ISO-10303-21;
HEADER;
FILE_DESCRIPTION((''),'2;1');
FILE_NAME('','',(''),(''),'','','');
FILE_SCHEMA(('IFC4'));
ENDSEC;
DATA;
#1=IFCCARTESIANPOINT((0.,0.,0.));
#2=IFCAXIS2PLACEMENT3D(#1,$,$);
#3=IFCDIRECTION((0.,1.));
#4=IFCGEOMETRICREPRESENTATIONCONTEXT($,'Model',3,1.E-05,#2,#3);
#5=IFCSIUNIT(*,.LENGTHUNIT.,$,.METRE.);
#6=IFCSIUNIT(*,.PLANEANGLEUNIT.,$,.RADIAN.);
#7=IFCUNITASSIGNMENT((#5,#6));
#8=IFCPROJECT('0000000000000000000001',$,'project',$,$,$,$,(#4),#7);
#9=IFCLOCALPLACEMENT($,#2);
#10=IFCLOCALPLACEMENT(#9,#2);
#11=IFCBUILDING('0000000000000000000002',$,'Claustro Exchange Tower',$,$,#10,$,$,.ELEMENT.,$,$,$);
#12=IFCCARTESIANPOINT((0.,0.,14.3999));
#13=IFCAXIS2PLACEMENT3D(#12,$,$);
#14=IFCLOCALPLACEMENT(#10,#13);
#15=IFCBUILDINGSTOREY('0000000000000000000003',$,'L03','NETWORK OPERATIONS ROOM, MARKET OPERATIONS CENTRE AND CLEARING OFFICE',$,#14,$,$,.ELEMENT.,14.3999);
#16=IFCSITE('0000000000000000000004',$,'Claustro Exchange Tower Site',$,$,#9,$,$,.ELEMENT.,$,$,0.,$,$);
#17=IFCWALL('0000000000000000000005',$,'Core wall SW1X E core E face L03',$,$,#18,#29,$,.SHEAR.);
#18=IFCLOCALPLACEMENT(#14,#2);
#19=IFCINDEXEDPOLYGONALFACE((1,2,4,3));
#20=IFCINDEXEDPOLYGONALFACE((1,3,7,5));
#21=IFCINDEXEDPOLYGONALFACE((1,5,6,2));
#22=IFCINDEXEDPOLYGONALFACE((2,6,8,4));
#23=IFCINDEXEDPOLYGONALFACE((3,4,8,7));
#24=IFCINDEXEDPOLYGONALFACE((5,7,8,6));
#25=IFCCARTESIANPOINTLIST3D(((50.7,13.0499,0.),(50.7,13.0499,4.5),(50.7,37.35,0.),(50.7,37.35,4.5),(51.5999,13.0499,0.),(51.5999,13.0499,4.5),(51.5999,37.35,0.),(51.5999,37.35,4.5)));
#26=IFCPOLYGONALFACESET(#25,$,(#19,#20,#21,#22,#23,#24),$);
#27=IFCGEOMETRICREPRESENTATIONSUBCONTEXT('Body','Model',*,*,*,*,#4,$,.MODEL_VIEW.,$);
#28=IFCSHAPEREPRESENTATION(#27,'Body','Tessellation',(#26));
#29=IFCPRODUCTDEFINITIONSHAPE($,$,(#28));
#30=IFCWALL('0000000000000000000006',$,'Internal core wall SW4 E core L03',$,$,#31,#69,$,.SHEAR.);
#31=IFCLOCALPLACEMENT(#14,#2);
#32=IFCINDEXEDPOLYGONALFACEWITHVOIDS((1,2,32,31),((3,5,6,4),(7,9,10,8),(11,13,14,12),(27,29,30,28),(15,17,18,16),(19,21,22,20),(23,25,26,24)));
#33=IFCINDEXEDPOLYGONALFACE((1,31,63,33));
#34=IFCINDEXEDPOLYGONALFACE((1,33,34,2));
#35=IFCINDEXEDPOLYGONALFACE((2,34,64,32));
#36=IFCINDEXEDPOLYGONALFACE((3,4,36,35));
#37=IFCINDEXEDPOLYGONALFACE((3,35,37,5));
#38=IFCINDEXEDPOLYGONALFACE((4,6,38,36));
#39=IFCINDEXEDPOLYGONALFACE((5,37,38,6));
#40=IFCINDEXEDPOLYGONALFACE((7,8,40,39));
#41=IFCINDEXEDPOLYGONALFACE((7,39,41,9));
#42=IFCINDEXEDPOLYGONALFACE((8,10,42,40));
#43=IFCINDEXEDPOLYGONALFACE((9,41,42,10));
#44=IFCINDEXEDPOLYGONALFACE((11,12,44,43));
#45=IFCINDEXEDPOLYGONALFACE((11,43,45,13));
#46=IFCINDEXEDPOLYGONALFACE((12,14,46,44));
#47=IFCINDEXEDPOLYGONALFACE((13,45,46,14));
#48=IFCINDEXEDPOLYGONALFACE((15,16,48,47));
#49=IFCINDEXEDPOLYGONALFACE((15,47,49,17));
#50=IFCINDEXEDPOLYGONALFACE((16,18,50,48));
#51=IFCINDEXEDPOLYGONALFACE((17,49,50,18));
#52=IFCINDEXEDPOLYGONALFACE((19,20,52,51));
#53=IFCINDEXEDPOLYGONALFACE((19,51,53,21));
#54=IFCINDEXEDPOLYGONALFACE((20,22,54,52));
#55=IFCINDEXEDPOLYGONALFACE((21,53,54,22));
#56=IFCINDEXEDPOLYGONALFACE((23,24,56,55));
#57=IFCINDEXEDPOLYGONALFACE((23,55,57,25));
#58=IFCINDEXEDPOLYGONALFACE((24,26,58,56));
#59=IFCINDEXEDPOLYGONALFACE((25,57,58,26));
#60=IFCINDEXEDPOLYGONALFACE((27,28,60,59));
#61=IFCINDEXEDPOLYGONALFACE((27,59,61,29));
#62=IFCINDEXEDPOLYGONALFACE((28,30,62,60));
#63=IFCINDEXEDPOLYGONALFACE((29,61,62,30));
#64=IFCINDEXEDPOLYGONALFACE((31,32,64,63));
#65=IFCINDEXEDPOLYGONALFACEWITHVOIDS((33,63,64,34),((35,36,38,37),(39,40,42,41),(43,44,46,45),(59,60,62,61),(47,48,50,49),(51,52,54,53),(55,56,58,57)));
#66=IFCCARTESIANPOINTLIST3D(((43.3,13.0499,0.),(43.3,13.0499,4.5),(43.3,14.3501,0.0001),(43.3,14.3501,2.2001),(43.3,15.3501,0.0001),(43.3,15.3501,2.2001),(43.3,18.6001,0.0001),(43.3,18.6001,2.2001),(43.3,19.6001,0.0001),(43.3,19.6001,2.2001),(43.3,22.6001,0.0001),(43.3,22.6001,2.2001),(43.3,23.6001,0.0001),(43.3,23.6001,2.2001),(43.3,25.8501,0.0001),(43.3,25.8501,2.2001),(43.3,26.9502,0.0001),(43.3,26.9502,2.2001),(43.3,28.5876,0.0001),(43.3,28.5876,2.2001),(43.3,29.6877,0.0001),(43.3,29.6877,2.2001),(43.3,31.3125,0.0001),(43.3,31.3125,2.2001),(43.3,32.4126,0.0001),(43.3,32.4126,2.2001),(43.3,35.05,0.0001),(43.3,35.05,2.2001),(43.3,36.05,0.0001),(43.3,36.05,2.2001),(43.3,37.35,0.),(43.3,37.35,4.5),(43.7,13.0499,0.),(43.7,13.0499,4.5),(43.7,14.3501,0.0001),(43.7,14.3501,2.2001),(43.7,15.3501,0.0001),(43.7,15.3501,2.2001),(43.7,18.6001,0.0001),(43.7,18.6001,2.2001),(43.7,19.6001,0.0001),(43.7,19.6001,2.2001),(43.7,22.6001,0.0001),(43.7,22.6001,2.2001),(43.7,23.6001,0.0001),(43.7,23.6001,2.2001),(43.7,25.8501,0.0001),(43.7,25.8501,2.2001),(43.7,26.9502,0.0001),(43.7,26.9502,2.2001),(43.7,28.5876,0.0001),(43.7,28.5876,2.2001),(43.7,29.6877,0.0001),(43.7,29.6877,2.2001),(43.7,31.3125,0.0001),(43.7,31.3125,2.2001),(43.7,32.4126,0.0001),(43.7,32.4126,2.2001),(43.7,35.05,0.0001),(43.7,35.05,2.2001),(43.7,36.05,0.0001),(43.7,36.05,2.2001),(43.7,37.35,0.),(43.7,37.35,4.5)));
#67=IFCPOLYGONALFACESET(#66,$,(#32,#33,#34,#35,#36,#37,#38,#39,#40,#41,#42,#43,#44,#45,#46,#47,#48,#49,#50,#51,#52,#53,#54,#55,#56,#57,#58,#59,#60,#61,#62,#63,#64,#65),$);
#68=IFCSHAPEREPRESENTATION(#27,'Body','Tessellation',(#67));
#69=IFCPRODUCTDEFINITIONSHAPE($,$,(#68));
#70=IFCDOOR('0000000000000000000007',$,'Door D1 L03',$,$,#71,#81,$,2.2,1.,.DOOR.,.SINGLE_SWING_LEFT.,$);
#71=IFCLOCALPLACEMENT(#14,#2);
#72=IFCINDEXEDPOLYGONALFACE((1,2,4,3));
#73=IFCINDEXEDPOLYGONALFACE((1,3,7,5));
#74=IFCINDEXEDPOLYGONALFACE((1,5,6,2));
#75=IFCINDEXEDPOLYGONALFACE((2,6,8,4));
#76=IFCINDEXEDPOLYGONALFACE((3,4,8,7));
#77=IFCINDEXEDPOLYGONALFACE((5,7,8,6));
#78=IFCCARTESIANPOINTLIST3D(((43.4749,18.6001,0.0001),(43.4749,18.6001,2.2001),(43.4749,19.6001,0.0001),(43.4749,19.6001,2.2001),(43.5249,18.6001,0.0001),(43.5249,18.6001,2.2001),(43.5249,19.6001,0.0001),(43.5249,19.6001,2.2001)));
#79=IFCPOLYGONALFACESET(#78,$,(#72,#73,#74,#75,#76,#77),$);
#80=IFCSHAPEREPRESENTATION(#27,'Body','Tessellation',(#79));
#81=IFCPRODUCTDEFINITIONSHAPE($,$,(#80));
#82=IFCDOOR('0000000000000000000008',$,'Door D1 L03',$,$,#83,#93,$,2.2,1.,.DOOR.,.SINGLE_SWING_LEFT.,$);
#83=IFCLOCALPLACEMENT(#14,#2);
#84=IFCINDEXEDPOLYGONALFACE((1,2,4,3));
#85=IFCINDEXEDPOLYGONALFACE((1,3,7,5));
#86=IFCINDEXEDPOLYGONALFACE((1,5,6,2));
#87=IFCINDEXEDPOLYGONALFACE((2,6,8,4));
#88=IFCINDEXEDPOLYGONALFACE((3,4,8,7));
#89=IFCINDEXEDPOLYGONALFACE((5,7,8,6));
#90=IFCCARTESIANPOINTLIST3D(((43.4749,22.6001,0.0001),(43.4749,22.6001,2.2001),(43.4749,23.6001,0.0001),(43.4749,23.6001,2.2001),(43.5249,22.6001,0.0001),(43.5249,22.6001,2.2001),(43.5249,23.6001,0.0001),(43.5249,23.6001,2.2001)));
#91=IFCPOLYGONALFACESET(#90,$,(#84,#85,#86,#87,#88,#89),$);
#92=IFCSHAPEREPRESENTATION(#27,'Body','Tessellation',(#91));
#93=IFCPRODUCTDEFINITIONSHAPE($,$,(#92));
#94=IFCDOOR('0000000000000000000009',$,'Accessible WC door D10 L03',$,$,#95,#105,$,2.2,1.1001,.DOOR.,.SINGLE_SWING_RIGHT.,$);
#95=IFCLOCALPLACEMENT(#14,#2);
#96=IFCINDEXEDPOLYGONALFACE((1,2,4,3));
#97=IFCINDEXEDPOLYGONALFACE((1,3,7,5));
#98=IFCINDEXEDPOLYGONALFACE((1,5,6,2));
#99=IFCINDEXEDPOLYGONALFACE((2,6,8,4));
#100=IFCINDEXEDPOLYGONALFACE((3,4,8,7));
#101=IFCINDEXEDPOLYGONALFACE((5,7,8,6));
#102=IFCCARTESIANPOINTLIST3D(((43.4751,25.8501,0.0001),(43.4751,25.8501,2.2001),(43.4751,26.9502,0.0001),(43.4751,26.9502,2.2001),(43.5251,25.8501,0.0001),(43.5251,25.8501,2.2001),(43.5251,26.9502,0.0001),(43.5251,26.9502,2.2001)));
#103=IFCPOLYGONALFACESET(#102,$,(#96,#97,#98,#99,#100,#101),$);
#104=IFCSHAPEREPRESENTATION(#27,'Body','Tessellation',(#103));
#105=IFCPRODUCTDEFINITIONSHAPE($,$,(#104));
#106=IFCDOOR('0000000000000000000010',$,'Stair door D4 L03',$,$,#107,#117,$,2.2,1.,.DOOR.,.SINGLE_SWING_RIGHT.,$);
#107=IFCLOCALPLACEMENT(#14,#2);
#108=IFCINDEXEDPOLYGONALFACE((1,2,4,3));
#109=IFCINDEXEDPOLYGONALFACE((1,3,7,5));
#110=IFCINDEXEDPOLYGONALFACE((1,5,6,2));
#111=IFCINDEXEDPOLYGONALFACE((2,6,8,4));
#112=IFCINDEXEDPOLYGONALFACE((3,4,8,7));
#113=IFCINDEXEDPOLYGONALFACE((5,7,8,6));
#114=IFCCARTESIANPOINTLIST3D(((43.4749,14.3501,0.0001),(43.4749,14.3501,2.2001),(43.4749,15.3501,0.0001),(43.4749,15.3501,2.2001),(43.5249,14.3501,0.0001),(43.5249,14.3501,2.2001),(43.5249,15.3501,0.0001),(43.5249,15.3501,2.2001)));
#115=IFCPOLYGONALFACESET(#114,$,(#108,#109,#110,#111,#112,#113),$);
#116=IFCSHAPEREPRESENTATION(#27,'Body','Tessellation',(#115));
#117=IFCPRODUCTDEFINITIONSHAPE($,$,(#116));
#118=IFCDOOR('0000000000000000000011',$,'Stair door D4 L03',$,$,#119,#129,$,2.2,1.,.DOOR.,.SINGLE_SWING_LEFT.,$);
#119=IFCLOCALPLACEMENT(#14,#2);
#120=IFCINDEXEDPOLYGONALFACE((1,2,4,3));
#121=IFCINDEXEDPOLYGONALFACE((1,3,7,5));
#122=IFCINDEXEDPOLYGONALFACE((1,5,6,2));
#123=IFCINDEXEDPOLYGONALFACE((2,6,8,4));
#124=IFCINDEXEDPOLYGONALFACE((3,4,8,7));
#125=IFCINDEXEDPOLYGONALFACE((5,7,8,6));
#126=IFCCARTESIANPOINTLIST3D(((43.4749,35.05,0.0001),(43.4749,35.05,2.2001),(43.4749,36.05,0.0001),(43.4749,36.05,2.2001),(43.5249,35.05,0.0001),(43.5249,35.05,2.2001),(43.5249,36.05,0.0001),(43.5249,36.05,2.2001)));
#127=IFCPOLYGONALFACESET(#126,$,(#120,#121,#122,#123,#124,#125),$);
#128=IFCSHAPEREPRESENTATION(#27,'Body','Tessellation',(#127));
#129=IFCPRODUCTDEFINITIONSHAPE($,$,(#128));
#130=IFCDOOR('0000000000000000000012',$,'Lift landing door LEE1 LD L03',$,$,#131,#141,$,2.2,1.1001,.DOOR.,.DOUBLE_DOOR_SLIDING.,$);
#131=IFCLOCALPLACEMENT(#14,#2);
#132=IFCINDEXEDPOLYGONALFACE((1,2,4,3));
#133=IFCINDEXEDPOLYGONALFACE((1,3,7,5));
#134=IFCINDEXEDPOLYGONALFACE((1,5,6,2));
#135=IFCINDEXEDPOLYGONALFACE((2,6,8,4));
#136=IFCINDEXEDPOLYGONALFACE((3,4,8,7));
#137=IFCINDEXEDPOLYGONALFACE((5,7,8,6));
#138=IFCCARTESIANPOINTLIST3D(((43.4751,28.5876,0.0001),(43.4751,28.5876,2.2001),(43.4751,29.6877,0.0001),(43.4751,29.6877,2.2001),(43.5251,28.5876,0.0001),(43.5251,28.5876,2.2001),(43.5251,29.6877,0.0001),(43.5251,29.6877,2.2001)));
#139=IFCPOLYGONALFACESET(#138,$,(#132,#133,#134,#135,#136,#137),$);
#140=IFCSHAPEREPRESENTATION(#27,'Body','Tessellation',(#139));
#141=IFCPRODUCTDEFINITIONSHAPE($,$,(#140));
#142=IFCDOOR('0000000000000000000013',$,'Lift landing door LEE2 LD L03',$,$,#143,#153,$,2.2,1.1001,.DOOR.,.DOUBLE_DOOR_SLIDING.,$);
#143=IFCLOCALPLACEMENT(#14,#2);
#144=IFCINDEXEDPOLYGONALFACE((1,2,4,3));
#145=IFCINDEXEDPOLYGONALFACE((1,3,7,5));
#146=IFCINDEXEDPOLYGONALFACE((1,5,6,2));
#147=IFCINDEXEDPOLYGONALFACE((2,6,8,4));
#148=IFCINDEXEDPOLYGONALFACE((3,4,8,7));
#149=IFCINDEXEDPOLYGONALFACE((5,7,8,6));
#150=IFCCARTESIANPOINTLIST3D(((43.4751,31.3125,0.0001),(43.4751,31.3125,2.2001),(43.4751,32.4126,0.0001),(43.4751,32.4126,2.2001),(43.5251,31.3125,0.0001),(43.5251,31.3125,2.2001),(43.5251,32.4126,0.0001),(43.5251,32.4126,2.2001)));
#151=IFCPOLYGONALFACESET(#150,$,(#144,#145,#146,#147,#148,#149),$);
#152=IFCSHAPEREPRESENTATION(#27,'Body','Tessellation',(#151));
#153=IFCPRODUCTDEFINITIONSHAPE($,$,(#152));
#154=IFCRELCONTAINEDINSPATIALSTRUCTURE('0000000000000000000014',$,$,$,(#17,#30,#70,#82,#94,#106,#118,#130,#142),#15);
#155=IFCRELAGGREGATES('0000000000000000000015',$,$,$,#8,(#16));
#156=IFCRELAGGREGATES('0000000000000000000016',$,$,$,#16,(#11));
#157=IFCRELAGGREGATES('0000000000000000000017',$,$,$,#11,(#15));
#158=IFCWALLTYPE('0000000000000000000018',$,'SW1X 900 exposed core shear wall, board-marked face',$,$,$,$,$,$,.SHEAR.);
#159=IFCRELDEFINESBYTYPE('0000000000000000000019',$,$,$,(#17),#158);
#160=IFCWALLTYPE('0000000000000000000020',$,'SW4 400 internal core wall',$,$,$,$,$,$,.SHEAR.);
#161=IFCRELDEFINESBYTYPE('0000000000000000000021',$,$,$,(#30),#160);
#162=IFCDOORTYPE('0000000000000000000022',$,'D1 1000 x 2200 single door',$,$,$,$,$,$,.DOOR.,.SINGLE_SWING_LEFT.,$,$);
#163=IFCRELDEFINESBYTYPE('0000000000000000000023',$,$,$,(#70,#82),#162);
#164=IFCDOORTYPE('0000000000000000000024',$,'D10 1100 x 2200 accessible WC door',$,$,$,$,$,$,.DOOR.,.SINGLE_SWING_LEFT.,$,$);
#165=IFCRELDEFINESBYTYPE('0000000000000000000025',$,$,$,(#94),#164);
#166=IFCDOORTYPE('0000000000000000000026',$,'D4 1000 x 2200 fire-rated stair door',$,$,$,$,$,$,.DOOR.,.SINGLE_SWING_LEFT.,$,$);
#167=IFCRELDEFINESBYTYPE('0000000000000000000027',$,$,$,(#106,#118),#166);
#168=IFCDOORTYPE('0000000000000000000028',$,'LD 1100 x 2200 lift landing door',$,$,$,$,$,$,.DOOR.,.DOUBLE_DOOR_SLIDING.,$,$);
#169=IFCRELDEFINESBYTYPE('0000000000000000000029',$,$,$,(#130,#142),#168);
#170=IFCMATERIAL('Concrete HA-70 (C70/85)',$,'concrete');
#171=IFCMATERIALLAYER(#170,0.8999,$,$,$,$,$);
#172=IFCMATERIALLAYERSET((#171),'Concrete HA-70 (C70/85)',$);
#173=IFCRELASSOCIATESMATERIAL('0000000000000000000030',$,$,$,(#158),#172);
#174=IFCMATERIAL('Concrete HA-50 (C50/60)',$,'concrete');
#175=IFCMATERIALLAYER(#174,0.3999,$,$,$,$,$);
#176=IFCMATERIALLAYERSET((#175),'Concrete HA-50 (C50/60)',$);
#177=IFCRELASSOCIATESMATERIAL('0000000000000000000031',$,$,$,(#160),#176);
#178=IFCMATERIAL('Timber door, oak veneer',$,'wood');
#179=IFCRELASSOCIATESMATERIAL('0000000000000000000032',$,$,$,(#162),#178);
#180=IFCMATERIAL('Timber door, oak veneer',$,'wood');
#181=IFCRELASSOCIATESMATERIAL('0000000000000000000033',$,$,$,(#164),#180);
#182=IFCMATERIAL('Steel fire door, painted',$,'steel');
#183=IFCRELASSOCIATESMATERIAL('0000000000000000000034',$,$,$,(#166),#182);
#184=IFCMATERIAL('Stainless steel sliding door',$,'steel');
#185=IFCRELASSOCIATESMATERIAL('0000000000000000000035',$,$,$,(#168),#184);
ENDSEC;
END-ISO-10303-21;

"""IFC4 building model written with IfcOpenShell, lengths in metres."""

from ifc_helpers import new_model, si_unit, direction, frame, frame_2d, origin, place, context, subcontext, project, spatial, rectangle, extrude, material, layer, layer_set, type_object, element, fill, save


model = new_model("IFC4")

# Units and contexts
model_context = context("Model", 3, precision=1e-05, world=origin(), true_north=direction((0.0, 1.0)))
body_context = subcontext(model_context, "Body", "Model", "MODEL_VIEW")
ifc_project = project(units=[si_unit("LENGTHUNIT", "METRE"), si_unit("PLANEANGLEUNIT", "RADIAN")], contexts=[model_context])

# Site, building, storey
site_placement = place(None, origin())
site = spatial("IfcSite", under=ifc_project, at=site_placement, Name="Claustro Exchange Tower Site", CompositionType="ELEMENT", RefElevation=0.0)
building_placement = place(site_placement, origin())
building = spatial("IfcBuilding", under=site, at=building_placement, Name="Claustro Exchange Tower", CompositionType="ELEMENT")
storey_placement = place(building_placement, frame((0.0, 0.0, 14.3999)))
storey = spatial("IfcBuildingStorey", under=building, at=storey_placement, Name="L03", Description="NETWORK OPERATIONS ROOM, MARKET OPERATIONS CENTRE AND CLEARING OFFICE", CompositionType="ELEMENT", Elevation=14.3999)

# Wall
ifc_material_1 = material(Name="Concrete HA-70 (C70/85)", Category="concrete")
ifc_layer_1 = layer(ifc_material_1, 0.8999)
ifc_layer_set_1 = layer_set([ifc_layer_1], Name="Concrete HA-70 (C70/85)")
wall_type_1 = type_object("IfcWallType", Name="SW1X 900 exposed core shear wall, board-marked face", PredefinedType="SHEAR", material=ifc_layer_set_1)
wall_1_placement = place(storey_placement, frame((51.1499, 13.05, 0.0), z_axis=(0.0, 0.0, 1.0), x_axis=(0.0, 1.0, 0.0)))
element("IfcWall", 1, at=wall_1_placement, inside=storey, type_object=wall_type_1, Name="Core wall SW1X E core E face L03", PredefinedType="SHEAR", context=body_context, shape_type="SweptSolid", body=[
    extrude(rectangle(XDim=24.3, YDim=0.8999, at=frame_2d((12.1499, 0.0))), origin(), (0.0, 0.0, 1.0), 4.5),
])

# Wall, openings, doors
ifc_material_2 = material(Name="Concrete HA-50 (C50/60)", Category="concrete")
ifc_layer_2 = layer(ifc_material_2, 0.3999)
ifc_layer_set_2 = layer_set([ifc_layer_2], Name="Concrete HA-50 (C50/60)")
wall_type_2 = type_object("IfcWallType", Name="SW4 400 internal core wall", PredefinedType="SHEAR", material=ifc_layer_set_2)
wall_2_placement = place(storey_placement, frame((43.5, 13.05, 0.0), z_axis=(0.0, 0.0, 1.0), x_axis=(0.0, 1.0, 0.0)))
wall_2 = element("IfcWall", 2, at=wall_2_placement, inside=storey, type_object=wall_type_2, Name="Internal core wall SW4 E core L03", PredefinedType="SHEAR", context=body_context, shape_type="SweptSolid", body=[
    extrude(rectangle(XDim=24.3, YDim=0.3999, at=frame_2d((12.1499, 0.0))), origin(), (0.0, 0.0, 1.0), 4.5),
])
opening_1_placement = place(wall_2_placement, frame((1.3, 0.0, 0.0)))
opening_1 = element("IfcOpeningElement", 3, at=opening_1_placement, cuts=wall_2, PredefinedType="OPENING", context=body_context, shape_type="SweptSolid", body=[
    extrude(rectangle(XDim=1.0, YDim=2.2, at=frame_2d((0.5, 1.1001))), frame((0.0, 0.21, 0.0), z_axis=(0.0, -1.0, 0.0), x_axis=(1.0, 0.0, 0.0)), (0.0, 0.0, 1.0), 0.4199),
])
opening_2_placement = place(wall_2_placement, frame((22.0, 0.0, 0.0)))
opening_2 = element("IfcOpeningElement", 4, at=opening_2_placement, cuts=wall_2, PredefinedType="OPENING", context=body_context, shape_type="SweptSolid", body=[
    extrude(rectangle(XDim=1.0, YDim=2.2, at=frame_2d((0.5, 1.1001))), frame((0.0, 0.21, 0.0), z_axis=(0.0, -1.0, 0.0), x_axis=(1.0, 0.0, 0.0)), (0.0, 0.0, 1.0), 0.4199),
])
opening_3_placement = place(wall_2_placement, frame((5.55, 0.0, 0.0)))
opening_3 = element("IfcOpeningElement", 5, at=opening_3_placement, cuts=wall_2, PredefinedType="OPENING", context=body_context, shape_type="SweptSolid", body=[
    extrude(rectangle(XDim=1.0, YDim=2.2, at=frame_2d((0.5, 1.1001))), frame((0.0, 0.21, 0.0), z_axis=(0.0, -1.0, 0.0), x_axis=(1.0, 0.0, 0.0)), (0.0, 0.0, 1.0), 0.4199),
])
opening_4_placement = place(wall_2_placement, frame((9.55, 0.0, 0.0)))
opening_4 = element("IfcOpeningElement", 6, at=opening_4_placement, cuts=wall_2, PredefinedType="OPENING", context=body_context, shape_type="SweptSolid", body=[
    extrude(rectangle(XDim=1.0, YDim=2.2, at=frame_2d((0.5, 1.1001))), frame((0.0, 0.21, 0.0), z_axis=(0.0, -1.0, 0.0), x_axis=(1.0, 0.0, 0.0)), (0.0, 0.0, 1.0), 0.4199),
])
opening_5_placement = place(wall_2_placement, frame((12.8, 0.0, 0.0)))
opening_5 = element("IfcOpeningElement", 7, at=opening_5_placement, cuts=wall_2, PredefinedType="OPENING", context=body_context, shape_type="SweptSolid", body=[
    extrude(rectangle(XDim=1.1001, YDim=2.2, at=frame_2d((0.55, 1.1001))), frame((0.0, 0.21, 0.0), z_axis=(0.0, -1.0, 0.0), x_axis=(1.0, 0.0, 0.0)), (0.0, 0.0, 1.0), 0.4199),
])
opening_6_placement = place(wall_2_placement, frame((15.5376, 0.0, 0.0)))
opening_6 = element("IfcOpeningElement", 8, at=opening_6_placement, cuts=wall_2, PredefinedType="OPENING", context=body_context, shape_type="SweptSolid", body=[
    extrude(rectangle(XDim=1.1001, YDim=2.2, at=frame_2d((0.55, 1.1001))), frame((0.0, 0.21, 0.0), z_axis=(0.0, -1.0, 0.0), x_axis=(1.0, 0.0, 0.0)), (0.0, 0.0, 1.0), 0.4199),
])
opening_7_placement = place(wall_2_placement, frame((18.2625, 0.0, 0.0)))
opening_7 = element("IfcOpeningElement", 9, at=opening_7_placement, cuts=wall_2, PredefinedType="OPENING", context=body_context, shape_type="SweptSolid", body=[
    extrude(rectangle(XDim=1.1001, YDim=2.2, at=frame_2d((0.55, 1.1001))), frame((0.0, 0.21, 0.0), z_axis=(0.0, -1.0, 0.0), x_axis=(1.0, 0.0, 0.0)), (0.0, 0.0, 1.0), 0.4199),
])
ifc_material_3 = material(Name="Timber door, oak veneer", Category="wood")
door_type_1 = type_object("IfcDoorType", Name="D1 1000 x 2200 single door", OperationType="SINGLE_SWING_LEFT", PredefinedType="DOOR", material=ifc_material_3)
door_1_placement = place(opening_3_placement, frame((1.0, 0.0, 0.0), z_axis=(0.0, 0.0, 1.0), x_axis=(-1.0, 0.0, 0.0)))
door_1 = element("IfcDoor", 10, at=door_1_placement, inside=storey, type_object=door_type_1, Name="Door D1 L03", OperationType="SINGLE_SWING_LEFT", OverallHeight=2.2, OverallWidth=1.0, PredefinedType="DOOR", context=body_context, shape_type="SweptSolid", body=[
    extrude(rectangle(XDim=1.0, YDim=2.2, at=frame_2d((0.5, 1.1001))), frame((0.0, 0.0249, 0.0), z_axis=(0.0, -1.0, 0.0), x_axis=(1.0, 0.0, 0.0)), (0.0, 0.0, 1.0), 0.05),
])
fill(opening_3, door_1)
door_2_placement = place(opening_4_placement, frame((1.0, 0.0, 0.0), z_axis=(0.0, 0.0, 1.0), x_axis=(-1.0, 0.0, 0.0)))
door_2 = element("IfcDoor", 11, at=door_2_placement, inside=storey, type_object=door_type_1, Name="Door D1 L03", OperationType="SINGLE_SWING_LEFT", OverallHeight=2.2, OverallWidth=1.0, PredefinedType="DOOR", context=body_context, shape_type="SweptSolid", body=[
    extrude(rectangle(XDim=1.0, YDim=2.2, at=frame_2d((0.5, 1.1001))), frame((0.0, 0.0249, 0.0), z_axis=(0.0, -1.0, 0.0), x_axis=(1.0, 0.0, 0.0)), (0.0, 0.0, 1.0), 0.05),
])
fill(opening_4, door_2)
ifc_material_4 = material(Name="Timber door, oak veneer", Category="wood")
door_type_2 = type_object("IfcDoorType", Name="D10 1100 x 2200 accessible WC door", OperationType="SINGLE_SWING_LEFT", PredefinedType="DOOR", material=ifc_material_4)
door_3_placement = place(opening_5_placement, origin())
door_3 = element("IfcDoor", 12, at=door_3_placement, inside=storey, type_object=door_type_2, Name="Accessible WC door D10 L03", OperationType="SINGLE_SWING_RIGHT", OverallHeight=2.2, OverallWidth=1.1001, PredefinedType="DOOR", context=body_context, shape_type="SweptSolid", body=[
    extrude(rectangle(XDim=1.1001, YDim=2.2, at=frame_2d((0.55, 1.1001))), frame((0.0, 0.0249, 0.0), z_axis=(0.0, -1.0, 0.0), x_axis=(1.0, 0.0, 0.0)), (0.0, 0.0, 1.0), 0.05),
])
fill(opening_5, door_3)
ifc_material_5 = material(Name="Steel fire door, painted", Category="steel")
door_type_3 = type_object("IfcDoorType", Name="D4 1000 x 2200 fire-rated stair door", OperationType="SINGLE_SWING_LEFT", PredefinedType="DOOR", material=ifc_material_5)
door_4_placement = place(opening_1_placement, frame((1.0, 0.0, 0.0), z_axis=(0.0, 0.0, 1.0), x_axis=(-1.0, 0.0, 0.0)))
door_4 = element("IfcDoor", 13, at=door_4_placement, inside=storey, type_object=door_type_3, Name="Stair door D4 L03", OperationType="SINGLE_SWING_RIGHT", OverallHeight=2.2, OverallWidth=1.0, PredefinedType="DOOR", context=body_context, shape_type="SweptSolid", body=[
    extrude(rectangle(XDim=1.0, YDim=2.2, at=frame_2d((0.5, 1.1001))), frame((0.0, 0.0249, 0.0), z_axis=(0.0, -1.0, 0.0), x_axis=(1.0, 0.0, 0.0)), (0.0, 0.0, 1.0), 0.05),
])
fill(opening_1, door_4)
door_5_placement = place(opening_2_placement, frame((1.0, 0.0, 0.0), z_axis=(0.0, 0.0, 1.0), x_axis=(-1.0, 0.0, 0.0)))
door_5 = element("IfcDoor", 14, at=door_5_placement, inside=storey, type_object=door_type_3, Name="Stair door D4 L03", OperationType="SINGLE_SWING_LEFT", OverallHeight=2.2, OverallWidth=1.0, PredefinedType="DOOR", context=body_context, shape_type="SweptSolid", body=[
    extrude(rectangle(XDim=1.0, YDim=2.2, at=frame_2d((0.5, 1.1001))), frame((0.0, 0.0249, 0.0), z_axis=(0.0, -1.0, 0.0), x_axis=(1.0, 0.0, 0.0)), (0.0, 0.0, 1.0), 0.05),
])
fill(opening_2, door_5)
ifc_material_6 = material(Name="Stainless steel sliding door", Category="steel")
door_type_4 = type_object("IfcDoorType", Name="LD 1100 x 2200 lift landing door", OperationType="DOUBLE_DOOR_SLIDING", PredefinedType="DOOR", material=ifc_material_6)
door_6_placement = place(opening_6_placement, origin())
door_6 = element("IfcDoor", 15, at=door_6_placement, inside=storey, type_object=door_type_4, Name="Lift landing door LEE1 LD L03", OperationType="DOUBLE_DOOR_SLIDING", OverallHeight=2.2, OverallWidth=1.1001, PredefinedType="DOOR", context=body_context, shape_type="SweptSolid", body=[
    extrude(rectangle(XDim=1.1001, YDim=2.2, at=frame_2d((0.55, 1.1001))), frame((0.0, 0.0249, 0.0), z_axis=(0.0, -1.0, 0.0), x_axis=(1.0, 0.0, 0.0)), (0.0, 0.0, 1.0), 0.05),
])
fill(opening_6, door_6)
door_7_placement = place(opening_7_placement, origin())
door_7 = element("IfcDoor", 16, at=door_7_placement, inside=storey, type_object=door_type_4, Name="Lift landing door LEE2 LD L03", OperationType="DOUBLE_DOOR_SLIDING", OverallHeight=2.2, OverallWidth=1.1001, PredefinedType="DOOR", context=body_context, shape_type="SweptSolid", body=[
    extrude(rectangle(XDim=1.1001, YDim=2.2, at=frame_2d((0.55, 1.1001))), frame((0.0, 0.0249, 0.0), z_axis=(0.0, -1.0, 0.0), x_axis=(1.0, 0.0, 0.0)), (0.0, 0.0, 1.0), 0.05),
])
fill(opening_7, door_7)

save(model, "model.ifc")
